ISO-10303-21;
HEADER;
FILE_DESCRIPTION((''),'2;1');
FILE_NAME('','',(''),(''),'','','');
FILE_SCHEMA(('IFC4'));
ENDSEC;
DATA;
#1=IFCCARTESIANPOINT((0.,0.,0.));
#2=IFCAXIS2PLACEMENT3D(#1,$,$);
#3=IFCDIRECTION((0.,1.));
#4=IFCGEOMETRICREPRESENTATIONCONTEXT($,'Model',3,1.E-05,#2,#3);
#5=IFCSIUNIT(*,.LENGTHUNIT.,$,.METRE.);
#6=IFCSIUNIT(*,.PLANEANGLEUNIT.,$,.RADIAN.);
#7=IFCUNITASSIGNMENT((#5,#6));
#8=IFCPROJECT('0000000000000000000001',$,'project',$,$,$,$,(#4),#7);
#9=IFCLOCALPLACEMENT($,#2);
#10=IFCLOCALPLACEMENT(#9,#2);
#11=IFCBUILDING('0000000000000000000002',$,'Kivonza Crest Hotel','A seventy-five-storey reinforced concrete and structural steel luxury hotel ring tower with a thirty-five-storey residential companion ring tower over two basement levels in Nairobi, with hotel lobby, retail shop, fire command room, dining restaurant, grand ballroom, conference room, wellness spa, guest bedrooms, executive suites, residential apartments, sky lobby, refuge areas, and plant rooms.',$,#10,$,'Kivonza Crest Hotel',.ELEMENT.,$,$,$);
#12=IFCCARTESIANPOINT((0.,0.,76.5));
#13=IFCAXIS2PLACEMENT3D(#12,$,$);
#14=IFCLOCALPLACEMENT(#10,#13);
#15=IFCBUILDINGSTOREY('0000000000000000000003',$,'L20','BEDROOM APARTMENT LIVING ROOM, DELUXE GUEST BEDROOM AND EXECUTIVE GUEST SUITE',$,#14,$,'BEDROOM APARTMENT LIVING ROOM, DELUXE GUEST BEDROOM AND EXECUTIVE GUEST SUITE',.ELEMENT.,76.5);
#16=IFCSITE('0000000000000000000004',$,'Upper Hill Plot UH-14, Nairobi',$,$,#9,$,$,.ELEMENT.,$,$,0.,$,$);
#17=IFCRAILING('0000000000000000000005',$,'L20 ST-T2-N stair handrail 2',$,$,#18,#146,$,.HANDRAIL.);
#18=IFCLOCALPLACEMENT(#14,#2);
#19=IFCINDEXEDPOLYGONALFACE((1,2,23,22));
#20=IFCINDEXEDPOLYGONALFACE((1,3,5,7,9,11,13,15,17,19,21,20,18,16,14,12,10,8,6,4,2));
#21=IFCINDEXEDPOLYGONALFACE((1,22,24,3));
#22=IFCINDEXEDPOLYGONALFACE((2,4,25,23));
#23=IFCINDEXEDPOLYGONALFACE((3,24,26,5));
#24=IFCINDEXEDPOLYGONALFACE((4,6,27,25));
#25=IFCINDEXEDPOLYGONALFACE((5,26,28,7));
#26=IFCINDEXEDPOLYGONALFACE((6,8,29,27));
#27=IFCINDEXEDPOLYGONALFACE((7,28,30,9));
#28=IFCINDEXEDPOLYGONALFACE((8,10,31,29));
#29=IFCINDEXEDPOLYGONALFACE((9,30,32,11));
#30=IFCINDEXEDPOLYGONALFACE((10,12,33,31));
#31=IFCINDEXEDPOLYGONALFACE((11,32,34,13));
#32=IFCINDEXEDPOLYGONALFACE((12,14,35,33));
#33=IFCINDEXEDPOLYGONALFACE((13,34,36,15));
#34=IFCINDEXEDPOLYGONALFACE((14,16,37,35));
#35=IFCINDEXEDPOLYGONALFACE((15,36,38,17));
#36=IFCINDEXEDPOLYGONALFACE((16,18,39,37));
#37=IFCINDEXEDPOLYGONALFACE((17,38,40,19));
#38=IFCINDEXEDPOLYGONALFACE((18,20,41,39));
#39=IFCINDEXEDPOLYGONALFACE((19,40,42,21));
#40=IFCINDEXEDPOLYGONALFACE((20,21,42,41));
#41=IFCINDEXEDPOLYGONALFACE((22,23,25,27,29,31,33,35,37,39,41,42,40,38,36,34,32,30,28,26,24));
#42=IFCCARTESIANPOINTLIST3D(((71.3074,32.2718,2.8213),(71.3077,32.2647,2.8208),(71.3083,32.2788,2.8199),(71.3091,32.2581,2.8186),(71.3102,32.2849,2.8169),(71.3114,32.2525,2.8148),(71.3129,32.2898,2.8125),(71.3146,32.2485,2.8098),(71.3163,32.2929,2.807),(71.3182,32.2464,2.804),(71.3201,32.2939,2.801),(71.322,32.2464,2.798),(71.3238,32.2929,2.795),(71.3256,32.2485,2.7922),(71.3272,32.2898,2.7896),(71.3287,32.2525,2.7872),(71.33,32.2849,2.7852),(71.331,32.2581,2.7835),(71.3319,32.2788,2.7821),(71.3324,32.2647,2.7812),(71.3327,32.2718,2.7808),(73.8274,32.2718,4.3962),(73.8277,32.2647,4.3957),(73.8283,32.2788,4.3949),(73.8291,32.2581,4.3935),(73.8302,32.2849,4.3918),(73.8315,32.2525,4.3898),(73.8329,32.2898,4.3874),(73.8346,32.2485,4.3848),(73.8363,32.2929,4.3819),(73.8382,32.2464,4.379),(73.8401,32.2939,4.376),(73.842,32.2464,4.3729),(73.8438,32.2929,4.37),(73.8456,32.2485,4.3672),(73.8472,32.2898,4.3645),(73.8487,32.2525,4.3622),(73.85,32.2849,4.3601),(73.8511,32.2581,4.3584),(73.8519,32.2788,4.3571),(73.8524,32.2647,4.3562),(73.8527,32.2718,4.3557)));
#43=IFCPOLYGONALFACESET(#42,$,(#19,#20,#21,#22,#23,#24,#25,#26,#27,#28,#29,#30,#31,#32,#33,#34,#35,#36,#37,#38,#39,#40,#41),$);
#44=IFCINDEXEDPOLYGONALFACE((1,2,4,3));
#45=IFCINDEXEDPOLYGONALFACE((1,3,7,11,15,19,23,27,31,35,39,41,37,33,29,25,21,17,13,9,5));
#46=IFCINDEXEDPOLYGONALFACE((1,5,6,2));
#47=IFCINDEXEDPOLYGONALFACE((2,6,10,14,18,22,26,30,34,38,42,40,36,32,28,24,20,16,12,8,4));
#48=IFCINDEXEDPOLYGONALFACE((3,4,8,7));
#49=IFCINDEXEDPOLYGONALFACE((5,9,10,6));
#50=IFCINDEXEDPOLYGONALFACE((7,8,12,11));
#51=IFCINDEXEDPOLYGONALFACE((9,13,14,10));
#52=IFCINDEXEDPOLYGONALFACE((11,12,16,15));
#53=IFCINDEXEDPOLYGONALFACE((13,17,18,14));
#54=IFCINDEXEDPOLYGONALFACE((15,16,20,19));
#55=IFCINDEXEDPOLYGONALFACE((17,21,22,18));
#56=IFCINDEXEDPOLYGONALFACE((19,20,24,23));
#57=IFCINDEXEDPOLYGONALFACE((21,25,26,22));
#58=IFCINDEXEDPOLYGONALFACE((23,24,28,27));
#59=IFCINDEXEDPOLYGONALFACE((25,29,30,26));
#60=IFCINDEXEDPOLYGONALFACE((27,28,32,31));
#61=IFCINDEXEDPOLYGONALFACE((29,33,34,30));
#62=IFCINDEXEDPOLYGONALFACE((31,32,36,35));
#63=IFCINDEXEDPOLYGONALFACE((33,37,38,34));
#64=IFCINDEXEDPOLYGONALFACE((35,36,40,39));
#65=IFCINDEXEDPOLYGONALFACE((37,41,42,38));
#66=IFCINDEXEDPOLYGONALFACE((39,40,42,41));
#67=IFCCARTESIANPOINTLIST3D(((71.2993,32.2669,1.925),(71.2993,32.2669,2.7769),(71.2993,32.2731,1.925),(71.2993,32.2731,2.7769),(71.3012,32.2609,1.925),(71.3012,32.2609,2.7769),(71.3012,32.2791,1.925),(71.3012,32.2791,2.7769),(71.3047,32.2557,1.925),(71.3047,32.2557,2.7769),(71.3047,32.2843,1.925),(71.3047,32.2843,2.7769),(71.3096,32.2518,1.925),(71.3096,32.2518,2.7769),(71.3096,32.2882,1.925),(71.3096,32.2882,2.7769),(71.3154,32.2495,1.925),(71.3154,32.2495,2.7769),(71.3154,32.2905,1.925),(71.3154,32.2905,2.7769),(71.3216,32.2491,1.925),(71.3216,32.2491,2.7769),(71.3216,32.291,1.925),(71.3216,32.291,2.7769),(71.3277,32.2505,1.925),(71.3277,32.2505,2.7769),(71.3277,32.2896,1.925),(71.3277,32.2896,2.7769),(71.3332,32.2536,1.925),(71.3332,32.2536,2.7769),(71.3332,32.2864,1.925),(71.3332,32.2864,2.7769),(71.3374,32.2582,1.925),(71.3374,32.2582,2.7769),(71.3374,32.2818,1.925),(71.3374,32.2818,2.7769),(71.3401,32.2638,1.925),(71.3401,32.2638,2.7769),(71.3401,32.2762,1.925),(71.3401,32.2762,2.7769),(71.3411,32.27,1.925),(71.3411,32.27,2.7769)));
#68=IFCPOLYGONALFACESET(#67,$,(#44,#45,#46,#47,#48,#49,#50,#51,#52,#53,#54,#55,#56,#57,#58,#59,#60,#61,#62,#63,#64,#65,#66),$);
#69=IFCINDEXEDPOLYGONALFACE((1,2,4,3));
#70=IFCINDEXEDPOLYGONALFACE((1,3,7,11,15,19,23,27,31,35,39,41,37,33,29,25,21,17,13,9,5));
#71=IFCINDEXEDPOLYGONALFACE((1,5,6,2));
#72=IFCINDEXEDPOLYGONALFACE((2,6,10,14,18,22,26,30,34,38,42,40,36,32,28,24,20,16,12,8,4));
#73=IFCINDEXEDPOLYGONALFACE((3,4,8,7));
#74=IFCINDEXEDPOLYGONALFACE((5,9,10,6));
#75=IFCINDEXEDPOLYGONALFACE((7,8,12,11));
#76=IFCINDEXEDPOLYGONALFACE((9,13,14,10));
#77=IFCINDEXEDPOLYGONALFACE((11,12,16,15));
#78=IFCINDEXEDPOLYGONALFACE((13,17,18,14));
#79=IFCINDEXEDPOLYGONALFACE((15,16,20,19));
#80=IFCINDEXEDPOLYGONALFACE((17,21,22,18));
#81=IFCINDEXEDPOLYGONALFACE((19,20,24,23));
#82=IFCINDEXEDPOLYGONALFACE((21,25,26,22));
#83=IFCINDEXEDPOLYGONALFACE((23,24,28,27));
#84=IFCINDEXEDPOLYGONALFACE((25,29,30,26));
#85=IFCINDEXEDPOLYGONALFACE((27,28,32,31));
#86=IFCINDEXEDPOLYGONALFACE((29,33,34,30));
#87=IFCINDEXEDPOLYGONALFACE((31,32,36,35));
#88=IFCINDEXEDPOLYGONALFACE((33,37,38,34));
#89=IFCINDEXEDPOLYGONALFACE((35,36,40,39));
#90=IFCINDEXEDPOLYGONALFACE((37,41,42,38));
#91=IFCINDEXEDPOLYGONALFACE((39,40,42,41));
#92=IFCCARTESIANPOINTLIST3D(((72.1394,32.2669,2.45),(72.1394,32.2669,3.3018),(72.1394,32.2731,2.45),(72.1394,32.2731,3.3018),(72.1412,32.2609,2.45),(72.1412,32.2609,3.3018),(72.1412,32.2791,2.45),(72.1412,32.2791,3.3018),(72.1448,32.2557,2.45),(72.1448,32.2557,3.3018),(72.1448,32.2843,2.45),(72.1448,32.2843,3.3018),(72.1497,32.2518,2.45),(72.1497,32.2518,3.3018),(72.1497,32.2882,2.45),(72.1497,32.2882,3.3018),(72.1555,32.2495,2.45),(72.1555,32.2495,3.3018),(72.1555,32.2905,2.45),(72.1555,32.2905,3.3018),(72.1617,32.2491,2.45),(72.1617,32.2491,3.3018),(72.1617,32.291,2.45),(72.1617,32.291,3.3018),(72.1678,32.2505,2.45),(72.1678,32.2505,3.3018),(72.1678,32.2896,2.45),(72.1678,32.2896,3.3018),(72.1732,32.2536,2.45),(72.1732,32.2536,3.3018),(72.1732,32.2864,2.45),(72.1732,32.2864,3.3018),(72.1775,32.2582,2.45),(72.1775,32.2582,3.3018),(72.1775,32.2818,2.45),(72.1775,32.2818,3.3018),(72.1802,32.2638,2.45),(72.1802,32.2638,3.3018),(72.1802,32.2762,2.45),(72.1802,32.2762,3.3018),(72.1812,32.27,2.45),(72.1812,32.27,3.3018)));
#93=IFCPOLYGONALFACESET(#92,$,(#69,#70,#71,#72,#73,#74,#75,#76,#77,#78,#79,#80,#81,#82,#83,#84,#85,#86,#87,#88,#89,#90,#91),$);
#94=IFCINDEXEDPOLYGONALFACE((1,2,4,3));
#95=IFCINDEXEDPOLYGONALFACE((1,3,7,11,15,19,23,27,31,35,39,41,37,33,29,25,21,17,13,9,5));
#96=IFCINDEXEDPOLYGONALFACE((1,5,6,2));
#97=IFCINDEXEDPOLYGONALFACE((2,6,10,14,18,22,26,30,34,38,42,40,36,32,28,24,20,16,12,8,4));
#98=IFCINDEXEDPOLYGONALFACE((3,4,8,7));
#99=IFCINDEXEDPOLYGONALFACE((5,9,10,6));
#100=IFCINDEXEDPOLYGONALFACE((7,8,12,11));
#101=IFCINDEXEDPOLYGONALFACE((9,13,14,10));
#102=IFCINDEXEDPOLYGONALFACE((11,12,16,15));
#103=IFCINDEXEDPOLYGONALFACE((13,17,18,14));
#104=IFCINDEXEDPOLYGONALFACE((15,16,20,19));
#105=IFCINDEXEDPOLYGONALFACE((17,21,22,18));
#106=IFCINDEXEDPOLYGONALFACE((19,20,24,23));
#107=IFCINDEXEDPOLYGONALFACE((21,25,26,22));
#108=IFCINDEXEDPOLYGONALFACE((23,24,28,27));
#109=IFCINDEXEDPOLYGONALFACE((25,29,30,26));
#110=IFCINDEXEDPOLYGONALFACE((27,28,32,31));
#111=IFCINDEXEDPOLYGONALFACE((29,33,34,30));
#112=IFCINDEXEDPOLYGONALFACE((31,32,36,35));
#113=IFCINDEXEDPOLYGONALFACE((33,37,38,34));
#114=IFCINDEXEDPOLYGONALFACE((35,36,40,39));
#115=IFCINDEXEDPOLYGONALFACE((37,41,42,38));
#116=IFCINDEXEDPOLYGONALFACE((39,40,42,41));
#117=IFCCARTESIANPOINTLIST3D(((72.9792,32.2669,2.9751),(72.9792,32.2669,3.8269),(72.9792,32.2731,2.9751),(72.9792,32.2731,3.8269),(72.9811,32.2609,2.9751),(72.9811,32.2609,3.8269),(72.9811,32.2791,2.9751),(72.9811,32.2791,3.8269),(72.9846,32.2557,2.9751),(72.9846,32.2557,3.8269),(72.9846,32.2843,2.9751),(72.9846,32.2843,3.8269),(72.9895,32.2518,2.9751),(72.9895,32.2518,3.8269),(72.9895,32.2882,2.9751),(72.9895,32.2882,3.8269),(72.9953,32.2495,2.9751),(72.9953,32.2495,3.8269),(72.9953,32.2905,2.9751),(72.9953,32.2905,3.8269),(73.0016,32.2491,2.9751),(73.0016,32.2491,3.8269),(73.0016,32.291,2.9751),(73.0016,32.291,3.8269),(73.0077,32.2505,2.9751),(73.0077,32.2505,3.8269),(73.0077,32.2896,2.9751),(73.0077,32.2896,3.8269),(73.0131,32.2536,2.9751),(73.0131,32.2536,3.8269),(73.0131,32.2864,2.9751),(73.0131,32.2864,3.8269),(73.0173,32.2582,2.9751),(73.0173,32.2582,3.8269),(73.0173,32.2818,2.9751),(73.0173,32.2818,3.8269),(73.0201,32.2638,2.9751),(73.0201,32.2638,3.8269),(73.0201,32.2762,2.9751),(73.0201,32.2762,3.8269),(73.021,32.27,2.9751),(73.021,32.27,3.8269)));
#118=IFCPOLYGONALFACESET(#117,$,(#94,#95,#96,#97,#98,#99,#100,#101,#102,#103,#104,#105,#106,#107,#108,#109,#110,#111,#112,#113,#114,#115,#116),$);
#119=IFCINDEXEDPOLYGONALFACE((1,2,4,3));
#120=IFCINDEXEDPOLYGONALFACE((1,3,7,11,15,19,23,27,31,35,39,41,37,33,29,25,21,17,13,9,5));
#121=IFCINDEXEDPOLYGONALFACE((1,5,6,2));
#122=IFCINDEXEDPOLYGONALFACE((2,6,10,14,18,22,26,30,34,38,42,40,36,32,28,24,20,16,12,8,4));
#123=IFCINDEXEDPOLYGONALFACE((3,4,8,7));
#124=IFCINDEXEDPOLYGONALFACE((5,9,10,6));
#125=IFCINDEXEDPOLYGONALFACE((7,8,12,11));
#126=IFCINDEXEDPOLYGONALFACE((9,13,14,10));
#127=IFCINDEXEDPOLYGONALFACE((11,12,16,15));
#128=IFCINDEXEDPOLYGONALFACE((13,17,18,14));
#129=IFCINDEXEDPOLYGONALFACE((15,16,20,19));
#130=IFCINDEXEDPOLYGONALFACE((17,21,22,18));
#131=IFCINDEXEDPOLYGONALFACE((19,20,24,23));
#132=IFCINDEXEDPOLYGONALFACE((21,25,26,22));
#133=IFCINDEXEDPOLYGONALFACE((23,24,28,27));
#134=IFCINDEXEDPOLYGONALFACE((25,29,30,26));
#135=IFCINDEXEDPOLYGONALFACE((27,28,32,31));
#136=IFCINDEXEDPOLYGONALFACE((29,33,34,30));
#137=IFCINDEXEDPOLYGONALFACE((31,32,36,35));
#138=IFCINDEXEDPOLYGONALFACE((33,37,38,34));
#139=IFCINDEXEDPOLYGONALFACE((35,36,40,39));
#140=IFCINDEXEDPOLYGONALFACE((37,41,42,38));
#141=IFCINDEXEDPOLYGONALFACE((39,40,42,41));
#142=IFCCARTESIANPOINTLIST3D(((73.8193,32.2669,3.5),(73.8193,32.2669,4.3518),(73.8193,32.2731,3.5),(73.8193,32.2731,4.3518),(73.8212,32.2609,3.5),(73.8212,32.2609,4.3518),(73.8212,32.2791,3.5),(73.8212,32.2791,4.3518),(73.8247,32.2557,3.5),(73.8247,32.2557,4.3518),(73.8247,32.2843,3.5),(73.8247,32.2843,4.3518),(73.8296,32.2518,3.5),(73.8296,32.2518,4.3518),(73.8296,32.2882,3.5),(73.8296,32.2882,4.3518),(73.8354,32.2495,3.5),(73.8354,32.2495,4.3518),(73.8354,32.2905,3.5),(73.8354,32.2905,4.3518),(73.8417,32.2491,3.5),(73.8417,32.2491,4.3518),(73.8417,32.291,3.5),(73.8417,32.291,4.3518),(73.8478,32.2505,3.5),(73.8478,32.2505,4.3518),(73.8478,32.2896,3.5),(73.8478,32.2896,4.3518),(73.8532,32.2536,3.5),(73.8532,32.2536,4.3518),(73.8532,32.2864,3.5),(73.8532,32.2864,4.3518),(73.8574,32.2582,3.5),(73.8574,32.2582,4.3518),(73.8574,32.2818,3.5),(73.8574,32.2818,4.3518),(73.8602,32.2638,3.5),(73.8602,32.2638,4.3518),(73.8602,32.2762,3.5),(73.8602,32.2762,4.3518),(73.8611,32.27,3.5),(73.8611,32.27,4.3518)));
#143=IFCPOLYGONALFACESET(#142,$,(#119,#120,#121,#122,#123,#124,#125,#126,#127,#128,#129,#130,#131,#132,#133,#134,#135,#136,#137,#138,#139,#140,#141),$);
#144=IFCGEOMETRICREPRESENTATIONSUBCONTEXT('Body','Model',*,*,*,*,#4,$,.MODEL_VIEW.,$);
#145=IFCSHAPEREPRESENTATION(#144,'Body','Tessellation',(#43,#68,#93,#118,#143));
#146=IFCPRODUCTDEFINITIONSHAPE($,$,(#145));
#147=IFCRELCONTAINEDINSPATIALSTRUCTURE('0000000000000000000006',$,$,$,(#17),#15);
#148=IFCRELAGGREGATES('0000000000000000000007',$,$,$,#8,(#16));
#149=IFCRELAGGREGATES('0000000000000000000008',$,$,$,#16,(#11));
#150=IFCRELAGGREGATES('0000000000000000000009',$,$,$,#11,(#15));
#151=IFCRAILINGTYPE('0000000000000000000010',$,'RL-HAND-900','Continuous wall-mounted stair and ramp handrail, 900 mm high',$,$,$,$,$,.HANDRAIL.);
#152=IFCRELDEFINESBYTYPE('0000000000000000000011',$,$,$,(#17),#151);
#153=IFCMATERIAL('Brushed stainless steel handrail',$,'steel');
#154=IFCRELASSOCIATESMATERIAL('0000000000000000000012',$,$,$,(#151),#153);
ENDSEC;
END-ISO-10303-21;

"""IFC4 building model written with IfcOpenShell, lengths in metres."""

from ifc_helpers import new_model, si_unit, direction, frame, origin, origin_2d, place, context, subcontext, project, spatial, circle, extrude, material, type_object, element, save


model = new_model("IFC4")

# Units and contexts
model_context = context("Model", 3, precision=1e-05, world=origin(), true_north=direction((0.0, 1.0)))
body_context = subcontext(model_context, "Body", "Model", "MODEL_VIEW")
ifc_project = project(units=[si_unit("LENGTHUNIT", "METRE"), si_unit("PLANEANGLEUNIT", "RADIAN")], contexts=[model_context])

# Site, building, storey
site_placement = place(None, origin())
site = spatial("IfcSite", under=ifc_project, at=site_placement, Name="Upper Hill Plot UH-14, Nairobi", CompositionType="ELEMENT", RefElevation=0.0)
building_placement = place(site_placement, origin())
building = spatial("IfcBuilding", under=site, at=building_placement, Name="Kivonza Crest Hotel", Description="A seventy-five-storey reinforced concrete and structural steel luxury hotel ring tower with a thirty-five-storey residential companion ring tower over two basement levels in Nairobi, with hotel lobby, retail shop, fire command room, dining restaurant, grand ballroom, conference room, wellness spa, guest bedrooms, executive suites, residential apartments, sky lobby, refuge areas, and plant rooms.", LongName="Kivonza Crest Hotel", CompositionType="ELEMENT")
storey_placement = place(building_placement, frame((0.0, 0.0, 76.5)))
storey = spatial("IfcBuildingStorey", under=building, at=storey_placement, Name="L20", Description="BEDROOM APARTMENT LIVING ROOM, DELUXE GUEST BEDROOM AND EXECUTIVE GUEST SUITE", LongName="BEDROOM APARTMENT LIVING ROOM, DELUXE GUEST BEDROOM AND EXECUTIVE GUEST SUITE", CompositionType="ELEMENT", Elevation=76.5)

# Railing
ifc_material_1 = material(Name="Brushed stainless steel handrail", Category="steel")
railing_type_1 = type_object("IfcRailingType", Name="RL-HAND-900", Description="Continuous wall-mounted stair and ramp handrail, 900 mm high", PredefinedType="HANDRAIL", material=ifc_material_1)
railing_1_placement = place(storey_placement, frame((71.3201, 32.27, 1.925)))
element("IfcRailing", 1, at=railing_1_placement, inside=storey, type_object=railing_type_1, Name="L20 ST-T2-N stair handrail 2", PredefinedType="HANDRAIL", context=body_context, shape_type="SweptSolid", body=[
    extrude(circle(Radius=0.0239, at=origin_2d()), frame((0.0, 0.0, 0.876), z_axis=(0.848008, 0.0, 0.529984), x_axis=(0.0, 1.0, 0.0)), (0.0, 0.0, 1.0), 2.9717),
    extrude(circle(Radius=0.021, at=origin_2d()), origin(), (0.0, 0.0, 1.0), 0.8518),
    extrude(circle(Radius=0.021, at=origin_2d()), frame((0.8401, 0.0, 0.5249)), (0.0, 0.0, 1.0), 0.8518),
    extrude(circle(Radius=0.021, at=origin_2d()), frame((1.6799, 0.0, 1.05)), (0.0, 0.0, 1.0), 0.8518),
    extrude(circle(Radius=0.021, at=origin_2d()), frame((2.52, 0.0, 1.575)), (0.0, 0.0, 1.0), 0.8518),
])

save(model, "model.ifc")
